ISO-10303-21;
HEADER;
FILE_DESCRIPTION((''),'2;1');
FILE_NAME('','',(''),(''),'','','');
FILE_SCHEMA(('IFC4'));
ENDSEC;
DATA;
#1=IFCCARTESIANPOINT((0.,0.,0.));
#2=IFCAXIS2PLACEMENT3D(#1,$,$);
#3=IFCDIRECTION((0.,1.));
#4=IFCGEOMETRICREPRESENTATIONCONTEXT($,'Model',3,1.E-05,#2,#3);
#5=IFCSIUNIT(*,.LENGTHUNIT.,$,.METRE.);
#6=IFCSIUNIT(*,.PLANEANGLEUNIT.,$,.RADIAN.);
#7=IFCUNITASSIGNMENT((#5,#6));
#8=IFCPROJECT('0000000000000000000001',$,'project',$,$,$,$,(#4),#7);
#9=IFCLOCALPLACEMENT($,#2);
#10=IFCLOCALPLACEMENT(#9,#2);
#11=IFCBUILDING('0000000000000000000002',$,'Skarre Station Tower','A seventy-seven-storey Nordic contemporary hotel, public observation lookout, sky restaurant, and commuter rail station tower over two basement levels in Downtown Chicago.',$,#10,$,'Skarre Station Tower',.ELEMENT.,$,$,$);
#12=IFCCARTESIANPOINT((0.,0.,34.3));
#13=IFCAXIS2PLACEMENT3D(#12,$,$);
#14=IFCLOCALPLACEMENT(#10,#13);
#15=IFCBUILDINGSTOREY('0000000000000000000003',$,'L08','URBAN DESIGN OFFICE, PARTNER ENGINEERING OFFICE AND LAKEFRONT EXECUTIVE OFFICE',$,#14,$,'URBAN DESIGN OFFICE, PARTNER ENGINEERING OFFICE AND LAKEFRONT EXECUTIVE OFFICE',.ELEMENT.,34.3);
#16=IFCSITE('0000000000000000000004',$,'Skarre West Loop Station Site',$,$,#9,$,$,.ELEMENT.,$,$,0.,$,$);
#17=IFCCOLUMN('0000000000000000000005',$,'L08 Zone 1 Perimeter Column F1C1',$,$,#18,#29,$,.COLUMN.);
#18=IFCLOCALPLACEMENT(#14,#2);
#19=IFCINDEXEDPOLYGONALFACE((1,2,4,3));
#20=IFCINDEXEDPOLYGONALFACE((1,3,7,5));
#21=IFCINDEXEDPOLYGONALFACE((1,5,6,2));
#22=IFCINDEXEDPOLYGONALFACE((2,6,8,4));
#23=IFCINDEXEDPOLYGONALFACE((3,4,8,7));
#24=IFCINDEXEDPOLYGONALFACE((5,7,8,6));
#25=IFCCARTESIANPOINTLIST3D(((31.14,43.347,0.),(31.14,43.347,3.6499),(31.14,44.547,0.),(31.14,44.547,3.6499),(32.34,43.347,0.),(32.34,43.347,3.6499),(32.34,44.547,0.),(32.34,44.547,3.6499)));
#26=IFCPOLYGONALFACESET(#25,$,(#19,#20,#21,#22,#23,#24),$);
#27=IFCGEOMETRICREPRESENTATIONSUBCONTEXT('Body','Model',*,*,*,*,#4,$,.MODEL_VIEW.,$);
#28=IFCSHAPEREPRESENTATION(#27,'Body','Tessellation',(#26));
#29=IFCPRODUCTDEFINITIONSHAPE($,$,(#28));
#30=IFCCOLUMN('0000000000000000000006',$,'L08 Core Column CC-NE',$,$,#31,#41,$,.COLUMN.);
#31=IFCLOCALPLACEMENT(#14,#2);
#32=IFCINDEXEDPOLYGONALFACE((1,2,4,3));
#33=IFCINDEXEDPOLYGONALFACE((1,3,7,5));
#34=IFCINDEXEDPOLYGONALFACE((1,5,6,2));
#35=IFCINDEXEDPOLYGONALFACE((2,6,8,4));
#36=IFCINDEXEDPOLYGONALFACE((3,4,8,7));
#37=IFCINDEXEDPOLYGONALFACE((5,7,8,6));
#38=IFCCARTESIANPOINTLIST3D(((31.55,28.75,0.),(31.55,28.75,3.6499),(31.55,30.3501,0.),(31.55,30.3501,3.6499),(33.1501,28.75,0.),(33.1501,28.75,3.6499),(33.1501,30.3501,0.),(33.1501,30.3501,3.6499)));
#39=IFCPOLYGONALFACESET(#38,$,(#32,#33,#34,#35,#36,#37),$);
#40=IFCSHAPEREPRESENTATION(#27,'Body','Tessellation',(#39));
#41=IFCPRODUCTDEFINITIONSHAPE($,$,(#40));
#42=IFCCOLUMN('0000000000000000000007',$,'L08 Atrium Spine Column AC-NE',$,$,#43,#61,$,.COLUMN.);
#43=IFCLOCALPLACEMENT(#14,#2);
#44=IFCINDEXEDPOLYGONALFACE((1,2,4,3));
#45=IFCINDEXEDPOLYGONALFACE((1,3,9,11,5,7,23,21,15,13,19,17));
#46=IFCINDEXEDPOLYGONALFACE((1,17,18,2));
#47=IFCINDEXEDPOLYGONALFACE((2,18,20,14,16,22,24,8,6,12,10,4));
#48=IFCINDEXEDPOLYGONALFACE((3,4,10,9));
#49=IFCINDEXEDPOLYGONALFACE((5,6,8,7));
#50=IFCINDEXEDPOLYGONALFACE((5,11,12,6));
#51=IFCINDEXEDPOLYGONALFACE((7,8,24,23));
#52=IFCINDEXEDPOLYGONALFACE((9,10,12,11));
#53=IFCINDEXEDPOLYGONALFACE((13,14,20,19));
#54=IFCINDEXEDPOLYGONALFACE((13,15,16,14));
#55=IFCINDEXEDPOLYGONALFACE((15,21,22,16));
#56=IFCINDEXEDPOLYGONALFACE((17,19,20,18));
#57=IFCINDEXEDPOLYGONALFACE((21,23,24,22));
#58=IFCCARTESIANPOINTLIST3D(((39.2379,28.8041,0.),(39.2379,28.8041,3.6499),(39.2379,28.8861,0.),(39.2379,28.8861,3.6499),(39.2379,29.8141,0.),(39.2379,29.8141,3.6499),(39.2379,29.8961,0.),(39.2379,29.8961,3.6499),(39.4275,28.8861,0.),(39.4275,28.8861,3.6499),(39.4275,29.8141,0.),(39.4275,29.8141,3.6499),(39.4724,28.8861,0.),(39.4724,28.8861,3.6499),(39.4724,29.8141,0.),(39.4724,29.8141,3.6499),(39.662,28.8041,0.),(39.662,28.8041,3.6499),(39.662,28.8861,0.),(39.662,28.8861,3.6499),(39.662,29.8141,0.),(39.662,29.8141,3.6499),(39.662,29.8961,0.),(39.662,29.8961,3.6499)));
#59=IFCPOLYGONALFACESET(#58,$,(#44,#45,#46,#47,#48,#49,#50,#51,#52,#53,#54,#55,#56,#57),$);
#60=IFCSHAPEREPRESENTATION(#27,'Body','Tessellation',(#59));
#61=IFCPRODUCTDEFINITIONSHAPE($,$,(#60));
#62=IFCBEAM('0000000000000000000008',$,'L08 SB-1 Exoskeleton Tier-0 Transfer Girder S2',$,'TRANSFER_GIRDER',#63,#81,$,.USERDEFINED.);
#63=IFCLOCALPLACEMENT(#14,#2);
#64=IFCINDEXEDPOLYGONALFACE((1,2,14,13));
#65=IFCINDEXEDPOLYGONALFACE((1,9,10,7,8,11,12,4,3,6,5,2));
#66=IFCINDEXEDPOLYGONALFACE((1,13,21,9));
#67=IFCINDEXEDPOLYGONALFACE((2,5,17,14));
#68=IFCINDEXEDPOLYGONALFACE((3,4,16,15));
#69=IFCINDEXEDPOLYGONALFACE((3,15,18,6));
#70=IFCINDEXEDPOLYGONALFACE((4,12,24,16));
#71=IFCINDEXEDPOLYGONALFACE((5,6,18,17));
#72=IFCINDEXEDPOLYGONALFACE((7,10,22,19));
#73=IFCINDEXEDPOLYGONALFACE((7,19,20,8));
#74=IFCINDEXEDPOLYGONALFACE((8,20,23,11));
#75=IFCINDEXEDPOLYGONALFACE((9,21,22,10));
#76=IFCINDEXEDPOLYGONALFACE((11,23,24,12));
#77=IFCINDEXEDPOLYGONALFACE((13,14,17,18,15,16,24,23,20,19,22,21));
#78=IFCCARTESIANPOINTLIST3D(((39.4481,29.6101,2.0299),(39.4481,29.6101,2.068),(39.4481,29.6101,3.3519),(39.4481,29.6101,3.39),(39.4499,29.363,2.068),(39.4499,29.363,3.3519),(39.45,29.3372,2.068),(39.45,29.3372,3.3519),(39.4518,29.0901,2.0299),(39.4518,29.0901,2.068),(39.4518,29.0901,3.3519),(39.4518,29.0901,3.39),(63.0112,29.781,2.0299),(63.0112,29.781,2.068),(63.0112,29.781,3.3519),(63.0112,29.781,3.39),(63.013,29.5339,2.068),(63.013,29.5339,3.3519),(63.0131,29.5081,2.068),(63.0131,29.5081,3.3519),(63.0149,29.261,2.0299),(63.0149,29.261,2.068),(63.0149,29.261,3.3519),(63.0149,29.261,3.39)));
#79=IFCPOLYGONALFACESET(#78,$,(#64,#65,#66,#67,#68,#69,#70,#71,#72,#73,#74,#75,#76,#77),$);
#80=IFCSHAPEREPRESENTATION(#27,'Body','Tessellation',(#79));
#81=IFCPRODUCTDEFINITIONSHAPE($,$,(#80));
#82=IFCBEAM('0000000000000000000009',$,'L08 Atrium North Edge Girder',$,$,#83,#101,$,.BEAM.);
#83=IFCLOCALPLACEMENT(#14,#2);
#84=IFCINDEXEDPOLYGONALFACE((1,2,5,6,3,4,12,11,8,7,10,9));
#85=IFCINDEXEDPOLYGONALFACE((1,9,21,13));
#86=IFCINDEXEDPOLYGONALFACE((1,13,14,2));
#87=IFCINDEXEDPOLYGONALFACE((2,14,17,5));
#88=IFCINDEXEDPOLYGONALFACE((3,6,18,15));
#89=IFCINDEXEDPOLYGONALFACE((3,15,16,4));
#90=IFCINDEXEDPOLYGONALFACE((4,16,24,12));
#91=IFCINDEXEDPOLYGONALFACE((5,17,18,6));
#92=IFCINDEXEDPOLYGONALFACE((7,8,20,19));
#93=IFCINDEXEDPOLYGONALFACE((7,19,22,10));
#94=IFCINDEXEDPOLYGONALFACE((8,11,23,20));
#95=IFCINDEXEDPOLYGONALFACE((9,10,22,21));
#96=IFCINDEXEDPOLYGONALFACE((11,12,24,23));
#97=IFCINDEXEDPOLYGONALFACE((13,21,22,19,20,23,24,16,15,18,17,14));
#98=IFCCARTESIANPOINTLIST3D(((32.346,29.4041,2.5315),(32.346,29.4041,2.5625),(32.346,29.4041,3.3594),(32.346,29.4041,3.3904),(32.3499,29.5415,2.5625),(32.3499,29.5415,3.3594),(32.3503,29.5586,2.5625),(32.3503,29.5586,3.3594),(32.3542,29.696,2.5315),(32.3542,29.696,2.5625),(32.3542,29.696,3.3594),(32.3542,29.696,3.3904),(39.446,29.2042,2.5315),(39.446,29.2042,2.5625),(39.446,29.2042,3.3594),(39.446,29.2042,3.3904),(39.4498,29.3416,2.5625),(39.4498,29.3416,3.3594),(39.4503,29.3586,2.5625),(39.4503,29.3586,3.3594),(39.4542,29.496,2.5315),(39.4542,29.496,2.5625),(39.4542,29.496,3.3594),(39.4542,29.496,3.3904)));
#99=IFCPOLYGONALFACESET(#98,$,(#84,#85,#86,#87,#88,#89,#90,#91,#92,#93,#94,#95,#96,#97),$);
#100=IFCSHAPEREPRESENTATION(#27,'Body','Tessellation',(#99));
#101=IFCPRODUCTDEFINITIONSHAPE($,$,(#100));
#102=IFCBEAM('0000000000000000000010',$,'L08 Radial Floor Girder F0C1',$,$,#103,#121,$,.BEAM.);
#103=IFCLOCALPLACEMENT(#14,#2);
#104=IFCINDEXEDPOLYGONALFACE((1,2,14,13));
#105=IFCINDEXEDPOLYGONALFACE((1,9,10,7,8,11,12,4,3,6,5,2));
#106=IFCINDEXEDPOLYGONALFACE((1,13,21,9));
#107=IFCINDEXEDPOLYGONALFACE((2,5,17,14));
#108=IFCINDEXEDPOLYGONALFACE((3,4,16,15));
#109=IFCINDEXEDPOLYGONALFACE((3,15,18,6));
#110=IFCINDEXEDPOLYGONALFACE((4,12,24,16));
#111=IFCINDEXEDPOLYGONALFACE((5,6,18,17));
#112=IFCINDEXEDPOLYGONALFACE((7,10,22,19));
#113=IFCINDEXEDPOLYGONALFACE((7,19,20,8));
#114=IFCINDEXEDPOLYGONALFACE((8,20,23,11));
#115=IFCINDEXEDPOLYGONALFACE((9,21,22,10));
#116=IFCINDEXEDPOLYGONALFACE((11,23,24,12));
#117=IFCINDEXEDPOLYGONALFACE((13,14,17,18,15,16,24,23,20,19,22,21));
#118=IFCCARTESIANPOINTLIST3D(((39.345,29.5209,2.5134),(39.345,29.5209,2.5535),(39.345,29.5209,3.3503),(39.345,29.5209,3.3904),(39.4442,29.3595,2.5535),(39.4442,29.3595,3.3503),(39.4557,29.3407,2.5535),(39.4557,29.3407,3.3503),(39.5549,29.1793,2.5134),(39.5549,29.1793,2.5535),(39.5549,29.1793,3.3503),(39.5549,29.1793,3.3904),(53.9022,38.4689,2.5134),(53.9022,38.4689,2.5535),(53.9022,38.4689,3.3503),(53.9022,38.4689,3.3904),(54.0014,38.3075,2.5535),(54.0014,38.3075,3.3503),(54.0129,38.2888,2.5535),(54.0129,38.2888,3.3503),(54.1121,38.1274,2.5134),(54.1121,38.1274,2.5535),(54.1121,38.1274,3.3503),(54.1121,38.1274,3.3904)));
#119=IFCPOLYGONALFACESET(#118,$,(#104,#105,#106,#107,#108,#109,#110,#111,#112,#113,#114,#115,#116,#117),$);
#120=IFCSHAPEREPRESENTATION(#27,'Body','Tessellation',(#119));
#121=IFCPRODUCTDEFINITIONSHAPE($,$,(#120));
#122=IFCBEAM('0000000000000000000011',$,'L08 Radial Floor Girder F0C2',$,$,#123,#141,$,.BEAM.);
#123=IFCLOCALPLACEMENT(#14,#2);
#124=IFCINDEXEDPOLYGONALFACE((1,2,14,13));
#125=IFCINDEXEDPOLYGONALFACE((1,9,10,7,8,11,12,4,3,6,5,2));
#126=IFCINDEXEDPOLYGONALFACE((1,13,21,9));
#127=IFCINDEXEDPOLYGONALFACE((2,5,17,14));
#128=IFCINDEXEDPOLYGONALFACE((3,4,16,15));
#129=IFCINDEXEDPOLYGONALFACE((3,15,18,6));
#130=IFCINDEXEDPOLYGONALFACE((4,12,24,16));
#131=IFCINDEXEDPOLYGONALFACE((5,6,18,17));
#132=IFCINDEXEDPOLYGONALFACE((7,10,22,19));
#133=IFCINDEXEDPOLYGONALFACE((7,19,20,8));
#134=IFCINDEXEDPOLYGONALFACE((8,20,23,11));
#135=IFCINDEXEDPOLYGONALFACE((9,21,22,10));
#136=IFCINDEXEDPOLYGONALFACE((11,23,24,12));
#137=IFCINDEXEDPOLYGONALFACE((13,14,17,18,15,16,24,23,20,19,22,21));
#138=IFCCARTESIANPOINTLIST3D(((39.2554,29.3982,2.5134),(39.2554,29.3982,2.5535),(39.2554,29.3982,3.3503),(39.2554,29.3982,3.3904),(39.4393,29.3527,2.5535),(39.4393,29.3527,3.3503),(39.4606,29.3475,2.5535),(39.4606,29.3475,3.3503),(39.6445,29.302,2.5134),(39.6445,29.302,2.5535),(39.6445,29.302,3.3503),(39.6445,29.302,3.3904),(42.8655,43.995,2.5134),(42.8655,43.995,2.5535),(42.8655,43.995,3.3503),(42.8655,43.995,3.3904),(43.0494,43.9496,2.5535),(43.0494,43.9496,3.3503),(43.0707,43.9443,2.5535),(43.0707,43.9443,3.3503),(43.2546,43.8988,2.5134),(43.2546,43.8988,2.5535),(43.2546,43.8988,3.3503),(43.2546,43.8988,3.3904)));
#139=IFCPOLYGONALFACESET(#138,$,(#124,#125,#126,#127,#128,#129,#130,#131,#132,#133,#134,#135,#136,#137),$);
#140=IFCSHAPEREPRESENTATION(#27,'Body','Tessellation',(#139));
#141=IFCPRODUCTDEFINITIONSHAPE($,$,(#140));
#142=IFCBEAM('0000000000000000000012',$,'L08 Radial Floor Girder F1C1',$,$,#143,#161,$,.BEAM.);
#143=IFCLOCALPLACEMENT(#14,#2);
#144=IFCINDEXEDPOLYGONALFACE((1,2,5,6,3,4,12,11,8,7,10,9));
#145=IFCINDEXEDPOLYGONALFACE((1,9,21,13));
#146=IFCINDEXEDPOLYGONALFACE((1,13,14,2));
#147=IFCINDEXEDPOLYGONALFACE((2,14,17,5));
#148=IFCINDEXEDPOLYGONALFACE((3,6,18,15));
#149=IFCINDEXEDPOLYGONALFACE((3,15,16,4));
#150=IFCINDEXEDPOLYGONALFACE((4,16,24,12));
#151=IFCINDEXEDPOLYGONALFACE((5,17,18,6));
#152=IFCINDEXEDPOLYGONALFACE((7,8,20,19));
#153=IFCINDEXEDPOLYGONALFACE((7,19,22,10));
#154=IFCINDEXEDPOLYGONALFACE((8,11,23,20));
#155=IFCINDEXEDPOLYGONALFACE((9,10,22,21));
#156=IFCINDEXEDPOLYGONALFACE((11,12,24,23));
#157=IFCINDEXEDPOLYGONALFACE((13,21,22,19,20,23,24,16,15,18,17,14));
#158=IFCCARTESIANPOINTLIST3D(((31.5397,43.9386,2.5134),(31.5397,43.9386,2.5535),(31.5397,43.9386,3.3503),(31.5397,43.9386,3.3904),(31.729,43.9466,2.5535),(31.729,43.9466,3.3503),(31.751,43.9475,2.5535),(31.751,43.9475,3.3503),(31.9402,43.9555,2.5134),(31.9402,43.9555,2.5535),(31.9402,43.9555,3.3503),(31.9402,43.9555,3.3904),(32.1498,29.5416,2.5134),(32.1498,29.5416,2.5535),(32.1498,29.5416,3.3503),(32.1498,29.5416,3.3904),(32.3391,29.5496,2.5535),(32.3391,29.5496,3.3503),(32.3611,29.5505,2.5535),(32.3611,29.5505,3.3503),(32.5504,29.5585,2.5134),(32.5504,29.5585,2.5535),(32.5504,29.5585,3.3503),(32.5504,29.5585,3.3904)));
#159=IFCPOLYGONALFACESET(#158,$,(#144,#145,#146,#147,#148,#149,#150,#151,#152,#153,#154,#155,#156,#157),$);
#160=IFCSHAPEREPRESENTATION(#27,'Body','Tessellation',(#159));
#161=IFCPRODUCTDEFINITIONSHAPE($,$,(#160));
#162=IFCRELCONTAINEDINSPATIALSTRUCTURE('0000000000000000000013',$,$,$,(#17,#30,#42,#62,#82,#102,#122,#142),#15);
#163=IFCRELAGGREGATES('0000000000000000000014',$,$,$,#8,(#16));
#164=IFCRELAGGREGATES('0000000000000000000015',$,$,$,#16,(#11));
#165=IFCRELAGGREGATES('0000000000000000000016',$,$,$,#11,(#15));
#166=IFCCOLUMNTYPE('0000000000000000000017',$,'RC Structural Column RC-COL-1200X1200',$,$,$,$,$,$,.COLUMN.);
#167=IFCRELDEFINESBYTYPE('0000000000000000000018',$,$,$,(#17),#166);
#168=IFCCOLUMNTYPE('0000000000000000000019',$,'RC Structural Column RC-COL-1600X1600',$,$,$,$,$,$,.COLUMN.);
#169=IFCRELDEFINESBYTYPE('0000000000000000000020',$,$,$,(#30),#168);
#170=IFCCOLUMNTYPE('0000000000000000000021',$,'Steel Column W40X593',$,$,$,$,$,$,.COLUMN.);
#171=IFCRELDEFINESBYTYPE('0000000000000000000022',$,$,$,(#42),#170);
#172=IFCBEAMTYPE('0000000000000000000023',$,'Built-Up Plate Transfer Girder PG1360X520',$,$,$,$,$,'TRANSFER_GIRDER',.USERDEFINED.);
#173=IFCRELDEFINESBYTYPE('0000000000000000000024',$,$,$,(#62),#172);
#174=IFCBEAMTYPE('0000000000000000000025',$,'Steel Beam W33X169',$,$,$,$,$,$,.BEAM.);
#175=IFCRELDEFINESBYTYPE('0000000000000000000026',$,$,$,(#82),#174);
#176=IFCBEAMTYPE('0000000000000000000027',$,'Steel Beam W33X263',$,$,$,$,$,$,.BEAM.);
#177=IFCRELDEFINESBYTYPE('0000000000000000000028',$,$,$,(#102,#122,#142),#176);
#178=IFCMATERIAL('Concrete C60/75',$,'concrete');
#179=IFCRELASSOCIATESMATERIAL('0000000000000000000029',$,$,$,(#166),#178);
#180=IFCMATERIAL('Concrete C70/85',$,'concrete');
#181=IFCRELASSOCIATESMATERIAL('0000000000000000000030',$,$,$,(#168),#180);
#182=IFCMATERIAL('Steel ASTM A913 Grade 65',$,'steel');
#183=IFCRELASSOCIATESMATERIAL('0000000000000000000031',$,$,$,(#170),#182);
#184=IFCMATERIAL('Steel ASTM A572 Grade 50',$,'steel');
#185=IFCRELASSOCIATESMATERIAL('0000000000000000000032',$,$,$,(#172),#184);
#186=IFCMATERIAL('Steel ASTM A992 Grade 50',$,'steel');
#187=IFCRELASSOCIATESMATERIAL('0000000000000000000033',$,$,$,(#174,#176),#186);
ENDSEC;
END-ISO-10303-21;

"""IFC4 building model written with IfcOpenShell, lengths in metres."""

from ifc_helpers import new_model, si_unit, direction, frame, origin, origin_2d, place, context, subcontext, project, spatial, rectangle, i_section, extrude, material, material_profile, profile_set, type_object, element, save


model = new_model("IFC4")

# Units and contexts
model_context = context("Model", 3, precision=1e-05, world=origin(), true_north=direction((0.0, 1.0)))
body_context = subcontext(model_context, "Body", "Model", "MODEL_VIEW")
ifc_project = project(units=[si_unit("LENGTHUNIT", "METRE"), si_unit("PLANEANGLEUNIT", "RADIAN")], contexts=[model_context])

# Site, building, storey
site_placement = place(None, origin())
site = spatial("IfcSite", under=ifc_project, at=site_placement, Name="Skarre West Loop Station Site", CompositionType="ELEMENT", RefElevation=0.0)
building_placement = place(site_placement, origin())
building = spatial("IfcBuilding", under=site, at=building_placement, Name="Skarre Station Tower", Description="A seventy-seven-storey Nordic contemporary hotel, public observation lookout, sky restaurant, and commuter rail station tower over two basement levels in Downtown Chicago.", LongName="Skarre Station Tower", CompositionType="ELEMENT")
storey_placement = place(building_placement, frame((0.0, 0.0, 34.3)))
storey = spatial("IfcBuildingStorey", under=building, at=storey_placement, Name="L08", Description="URBAN DESIGN OFFICE, PARTNER ENGINEERING OFFICE AND LAKEFRONT EXECUTIVE OFFICE", LongName="URBAN DESIGN OFFICE, PARTNER ENGINEERING OFFICE AND LAKEFRONT EXECUTIVE OFFICE", CompositionType="ELEMENT", Elevation=34.3)

# Columns
ifc_material_1 = material(Name="Concrete C60/75", Category="concrete")
ifc_material_profile_1 = material_profile(ifc_material_1, rectangle(XDim=1.2, YDim=1.2, at=origin_2d()), Name="Concrete C60/75")
ifc_profile_set_1 = profile_set([ifc_material_profile_1], Name="Concrete C60/75")
column_type_1 = type_object("IfcColumnType", Name="RC Structural Column RC-COL-1200X1200", PredefinedType="COLUMN", material=ifc_profile_set_1)
column_1_placement = place(storey_placement, frame((31.74, 43.947, 0.0), z_axis=(0.0, 0.0, 1.0), x_axis=(1.0, 0.0, 0.0)))
element("IfcColumn", 1, at=column_1_placement, inside=storey, type_object=column_type_1, Name="L08 Zone 1 Perimeter Column F1C1", PredefinedType="COLUMN", context=body_context, shape_type="SweptSolid", body=[
    extrude(rectangle(XDim=1.2, YDim=1.2, at=origin_2d()), origin(), (0.0, 0.0, 1.0), 3.6499),
])
ifc_material_2 = material(Name="Concrete C70/85", Category="concrete")
ifc_material_profile_2 = material_profile(ifc_material_2, rectangle(XDim=1.6001, YDim=1.6001, at=origin_2d()), Name="Concrete C70/85")
ifc_profile_set_2 = profile_set([ifc_material_profile_2], Name="Concrete C70/85")
column_type_2 = type_object("IfcColumnType", Name="RC Structural Column RC-COL-1600X1600", PredefinedType="COLUMN", material=ifc_profile_set_2)
column_2_placement = place(storey_placement, frame((32.3501, 29.55, 0.0), z_axis=(0.0, 0.0, 1.0), x_axis=(1.0, 0.0, 0.0)))
element("IfcColumn", 2, at=column_2_placement, inside=storey, type_object=column_type_2, Name="L08 Core Column CC-NE", PredefinedType="COLUMN", context=body_context, shape_type="SweptSolid", body=[
    extrude(rectangle(XDim=1.6001, YDim=1.6001, at=origin_2d()), origin(), (0.0, 0.0, 1.0), 3.6499),
])
ifc_material_3 = material(Name="Steel ASTM A913 Grade 65", Category="steel")
ifc_material_profile_3 = material_profile(ifc_material_3, i_section(OverallWidth=0.4241, OverallDepth=1.092, WebThickness=0.0449, FlangeThickness=0.082, at=origin_2d()), Name="Steel ASTM A913 Grade 65")
ifc_profile_set_3 = profile_set([ifc_material_profile_3], Name="Steel ASTM A913 Grade 65")
column_type_3 = type_object("IfcColumnType", Name="Steel Column W40X593", PredefinedType="COLUMN", material=ifc_profile_set_3)
column_3_placement = place(storey_placement, frame((39.45, 29.3501, 0.0), z_axis=(0.0, 0.0, 1.0), x_axis=(1.0, 0.0, 0.0)))
element("IfcColumn", 3, at=column_3_placement, inside=storey, type_object=column_type_3, Name="L08 Atrium Spine Column AC-NE", PredefinedType="COLUMN", context=body_context, shape_type="SweptSolid", body=[
    extrude(i_section(OverallWidth=0.4241, OverallDepth=1.092, WebThickness=0.0449, FlangeThickness=0.082, at=origin_2d()), origin(), (0.0, 0.0, 1.0), 3.6499),
])

# Beams
ifc_material_4 = material(Name="Steel ASTM A572 Grade 50", Category="steel")
ifc_material_profile_4 = material_profile(ifc_material_4, i_section(OverallWidth=0.52, OverallDepth=1.3601, WebThickness=0.0259, FlangeThickness=0.0381, at=origin_2d()), Name="Steel ASTM A572 Grade 50")
ifc_profile_set_4 = profile_set([ifc_material_profile_4], Name="Steel ASTM A572 Grade 50")
beam_type_1 = type_object("IfcBeamType", Name="Built-Up Plate Transfer Girder PG1360X520", ElementType="TRANSFER_GIRDER", PredefinedType="USERDEFINED", material=ifc_profile_set_4)
beam_1_placement = place(storey_placement, frame((39.45, 29.3501, 2.71), z_axis=(0.999974, 0.007253, 0.0), x_axis=(-0.007253, 0.999974, 0.0)))
element("IfcBeam", 4, at=beam_1_placement, inside=storey, type_object=beam_type_1, Name="L08 SB-1 Exoskeleton Tier-0 Transfer Girder S2", ObjectType="TRANSFER_GIRDER", PredefinedType="USERDEFINED", context=body_context, shape_type="SweptSolid", body=[
    extrude(i_section(OverallWidth=0.52, OverallDepth=1.3601, WebThickness=0.0259, FlangeThickness=0.0381, at=origin_2d()), origin(), (0.0, 0.0, 1.0), 23.5637),
])
ifc_material_5 = material(Name="Steel ASTM A992 Grade 50", Category="steel")
ifc_material_profile_5 = material_profile(ifc_material_5, i_section(OverallWidth=0.292, OverallDepth=0.8589, WebThickness=0.0171, FlangeThickness=0.031, at=origin_2d()), Name="Steel ASTM A992 Grade 50")
ifc_profile_set_5 = profile_set([ifc_material_profile_5], Name="Steel ASTM A992 Grade 50")
beam_type_2 = type_object("IfcBeamType", Name="Steel Beam W33X169", PredefinedType="BEAM", material=ifc_profile_set_5)
beam_2_placement = place(storey_placement, frame((32.3501, 29.55, 2.9609), z_axis=(0.999604, -0.028152, 0.0), x_axis=(0.028152, 0.999604, 0.0)))
element("IfcBeam", 5, at=beam_2_placement, inside=storey, type_object=beam_type_2, Name="L08 Atrium North Edge Girder", PredefinedType="BEAM", context=body_context, shape_type="SweptSolid", body=[
    extrude(i_section(OverallWidth=0.292, OverallDepth=0.8589, WebThickness=0.0171, FlangeThickness=0.031, at=origin_2d()), origin(), (0.0, 0.0, 1.0), 7.1028),
])
ifc_material_profile_6 = material_profile(ifc_material_5, i_section(OverallWidth=0.4009, OverallDepth=0.877, WebThickness=0.022, FlangeThickness=0.04, at=origin_2d()), Name="Steel ASTM A992 Grade 50")
ifc_profile_set_6 = profile_set([ifc_material_profile_6], Name="Steel ASTM A992 Grade 50")
beam_type_3 = type_object("IfcBeamType", Name="Steel Beam W33X263", PredefinedType="BEAM", material=ifc_profile_set_6)
beam_3_placement = place(storey_placement, frame((39.45, 29.3501, 2.9519), z_axis=(0.851926, 0.523663, 0.0), x_axis=(-0.523663, 0.851926, 0.0)))
element("IfcBeam", 6, at=beam_3_placement, inside=storey, type_object=beam_type_3, Name="L08 Radial Floor Girder F0C1", PredefinedType="BEAM", context=body_context, shape_type="SweptSolid", body=[
    extrude(i_section(OverallWidth=0.4009, OverallDepth=0.877, WebThickness=0.022, FlangeThickness=0.04, at=origin_2d()), origin(), (0.0, 0.0, 1.0), 17.0874),
])
beam_4_placement = place(storey_placement, frame((39.45, 29.3501, 2.9519), z_axis=(0.240086, 0.970752, 0.0), x_axis=(-0.970752, 0.240086, 0.0)))
element("IfcBeam", 7, at=beam_4_placement, inside=storey, type_object=beam_type_3, Name="L08 Radial Floor Girder F0C2", PredefinedType="BEAM", context=body_context, shape_type="SweptSolid", body=[
    extrude(i_section(OverallWidth=0.4009, OverallDepth=0.877, WebThickness=0.022, FlangeThickness=0.04, at=origin_2d()), origin(), (0.0, 0.0, 1.0), 15.0366),
])
beam_5_placement = place(storey_placement, frame((32.3501, 29.55, 2.9519), z_axis=(-0.042339, 0.999103, 0.0), x_axis=(-0.999103, -0.042339, 0.0)))
element("IfcBeam", 8, at=beam_5_placement, inside=storey, type_object=beam_type_3, Name="L08 Radial Floor Girder F1C1", PredefinedType="BEAM", context=body_context, shape_type="SweptSolid", body=[
    extrude(i_section(OverallWidth=0.4009, OverallDepth=0.877, WebThickness=0.022, FlangeThickness=0.04, at=origin_2d()), origin(), (0.0, 0.0, 1.0), 14.4099),
])

save(model, "model.ifc")
